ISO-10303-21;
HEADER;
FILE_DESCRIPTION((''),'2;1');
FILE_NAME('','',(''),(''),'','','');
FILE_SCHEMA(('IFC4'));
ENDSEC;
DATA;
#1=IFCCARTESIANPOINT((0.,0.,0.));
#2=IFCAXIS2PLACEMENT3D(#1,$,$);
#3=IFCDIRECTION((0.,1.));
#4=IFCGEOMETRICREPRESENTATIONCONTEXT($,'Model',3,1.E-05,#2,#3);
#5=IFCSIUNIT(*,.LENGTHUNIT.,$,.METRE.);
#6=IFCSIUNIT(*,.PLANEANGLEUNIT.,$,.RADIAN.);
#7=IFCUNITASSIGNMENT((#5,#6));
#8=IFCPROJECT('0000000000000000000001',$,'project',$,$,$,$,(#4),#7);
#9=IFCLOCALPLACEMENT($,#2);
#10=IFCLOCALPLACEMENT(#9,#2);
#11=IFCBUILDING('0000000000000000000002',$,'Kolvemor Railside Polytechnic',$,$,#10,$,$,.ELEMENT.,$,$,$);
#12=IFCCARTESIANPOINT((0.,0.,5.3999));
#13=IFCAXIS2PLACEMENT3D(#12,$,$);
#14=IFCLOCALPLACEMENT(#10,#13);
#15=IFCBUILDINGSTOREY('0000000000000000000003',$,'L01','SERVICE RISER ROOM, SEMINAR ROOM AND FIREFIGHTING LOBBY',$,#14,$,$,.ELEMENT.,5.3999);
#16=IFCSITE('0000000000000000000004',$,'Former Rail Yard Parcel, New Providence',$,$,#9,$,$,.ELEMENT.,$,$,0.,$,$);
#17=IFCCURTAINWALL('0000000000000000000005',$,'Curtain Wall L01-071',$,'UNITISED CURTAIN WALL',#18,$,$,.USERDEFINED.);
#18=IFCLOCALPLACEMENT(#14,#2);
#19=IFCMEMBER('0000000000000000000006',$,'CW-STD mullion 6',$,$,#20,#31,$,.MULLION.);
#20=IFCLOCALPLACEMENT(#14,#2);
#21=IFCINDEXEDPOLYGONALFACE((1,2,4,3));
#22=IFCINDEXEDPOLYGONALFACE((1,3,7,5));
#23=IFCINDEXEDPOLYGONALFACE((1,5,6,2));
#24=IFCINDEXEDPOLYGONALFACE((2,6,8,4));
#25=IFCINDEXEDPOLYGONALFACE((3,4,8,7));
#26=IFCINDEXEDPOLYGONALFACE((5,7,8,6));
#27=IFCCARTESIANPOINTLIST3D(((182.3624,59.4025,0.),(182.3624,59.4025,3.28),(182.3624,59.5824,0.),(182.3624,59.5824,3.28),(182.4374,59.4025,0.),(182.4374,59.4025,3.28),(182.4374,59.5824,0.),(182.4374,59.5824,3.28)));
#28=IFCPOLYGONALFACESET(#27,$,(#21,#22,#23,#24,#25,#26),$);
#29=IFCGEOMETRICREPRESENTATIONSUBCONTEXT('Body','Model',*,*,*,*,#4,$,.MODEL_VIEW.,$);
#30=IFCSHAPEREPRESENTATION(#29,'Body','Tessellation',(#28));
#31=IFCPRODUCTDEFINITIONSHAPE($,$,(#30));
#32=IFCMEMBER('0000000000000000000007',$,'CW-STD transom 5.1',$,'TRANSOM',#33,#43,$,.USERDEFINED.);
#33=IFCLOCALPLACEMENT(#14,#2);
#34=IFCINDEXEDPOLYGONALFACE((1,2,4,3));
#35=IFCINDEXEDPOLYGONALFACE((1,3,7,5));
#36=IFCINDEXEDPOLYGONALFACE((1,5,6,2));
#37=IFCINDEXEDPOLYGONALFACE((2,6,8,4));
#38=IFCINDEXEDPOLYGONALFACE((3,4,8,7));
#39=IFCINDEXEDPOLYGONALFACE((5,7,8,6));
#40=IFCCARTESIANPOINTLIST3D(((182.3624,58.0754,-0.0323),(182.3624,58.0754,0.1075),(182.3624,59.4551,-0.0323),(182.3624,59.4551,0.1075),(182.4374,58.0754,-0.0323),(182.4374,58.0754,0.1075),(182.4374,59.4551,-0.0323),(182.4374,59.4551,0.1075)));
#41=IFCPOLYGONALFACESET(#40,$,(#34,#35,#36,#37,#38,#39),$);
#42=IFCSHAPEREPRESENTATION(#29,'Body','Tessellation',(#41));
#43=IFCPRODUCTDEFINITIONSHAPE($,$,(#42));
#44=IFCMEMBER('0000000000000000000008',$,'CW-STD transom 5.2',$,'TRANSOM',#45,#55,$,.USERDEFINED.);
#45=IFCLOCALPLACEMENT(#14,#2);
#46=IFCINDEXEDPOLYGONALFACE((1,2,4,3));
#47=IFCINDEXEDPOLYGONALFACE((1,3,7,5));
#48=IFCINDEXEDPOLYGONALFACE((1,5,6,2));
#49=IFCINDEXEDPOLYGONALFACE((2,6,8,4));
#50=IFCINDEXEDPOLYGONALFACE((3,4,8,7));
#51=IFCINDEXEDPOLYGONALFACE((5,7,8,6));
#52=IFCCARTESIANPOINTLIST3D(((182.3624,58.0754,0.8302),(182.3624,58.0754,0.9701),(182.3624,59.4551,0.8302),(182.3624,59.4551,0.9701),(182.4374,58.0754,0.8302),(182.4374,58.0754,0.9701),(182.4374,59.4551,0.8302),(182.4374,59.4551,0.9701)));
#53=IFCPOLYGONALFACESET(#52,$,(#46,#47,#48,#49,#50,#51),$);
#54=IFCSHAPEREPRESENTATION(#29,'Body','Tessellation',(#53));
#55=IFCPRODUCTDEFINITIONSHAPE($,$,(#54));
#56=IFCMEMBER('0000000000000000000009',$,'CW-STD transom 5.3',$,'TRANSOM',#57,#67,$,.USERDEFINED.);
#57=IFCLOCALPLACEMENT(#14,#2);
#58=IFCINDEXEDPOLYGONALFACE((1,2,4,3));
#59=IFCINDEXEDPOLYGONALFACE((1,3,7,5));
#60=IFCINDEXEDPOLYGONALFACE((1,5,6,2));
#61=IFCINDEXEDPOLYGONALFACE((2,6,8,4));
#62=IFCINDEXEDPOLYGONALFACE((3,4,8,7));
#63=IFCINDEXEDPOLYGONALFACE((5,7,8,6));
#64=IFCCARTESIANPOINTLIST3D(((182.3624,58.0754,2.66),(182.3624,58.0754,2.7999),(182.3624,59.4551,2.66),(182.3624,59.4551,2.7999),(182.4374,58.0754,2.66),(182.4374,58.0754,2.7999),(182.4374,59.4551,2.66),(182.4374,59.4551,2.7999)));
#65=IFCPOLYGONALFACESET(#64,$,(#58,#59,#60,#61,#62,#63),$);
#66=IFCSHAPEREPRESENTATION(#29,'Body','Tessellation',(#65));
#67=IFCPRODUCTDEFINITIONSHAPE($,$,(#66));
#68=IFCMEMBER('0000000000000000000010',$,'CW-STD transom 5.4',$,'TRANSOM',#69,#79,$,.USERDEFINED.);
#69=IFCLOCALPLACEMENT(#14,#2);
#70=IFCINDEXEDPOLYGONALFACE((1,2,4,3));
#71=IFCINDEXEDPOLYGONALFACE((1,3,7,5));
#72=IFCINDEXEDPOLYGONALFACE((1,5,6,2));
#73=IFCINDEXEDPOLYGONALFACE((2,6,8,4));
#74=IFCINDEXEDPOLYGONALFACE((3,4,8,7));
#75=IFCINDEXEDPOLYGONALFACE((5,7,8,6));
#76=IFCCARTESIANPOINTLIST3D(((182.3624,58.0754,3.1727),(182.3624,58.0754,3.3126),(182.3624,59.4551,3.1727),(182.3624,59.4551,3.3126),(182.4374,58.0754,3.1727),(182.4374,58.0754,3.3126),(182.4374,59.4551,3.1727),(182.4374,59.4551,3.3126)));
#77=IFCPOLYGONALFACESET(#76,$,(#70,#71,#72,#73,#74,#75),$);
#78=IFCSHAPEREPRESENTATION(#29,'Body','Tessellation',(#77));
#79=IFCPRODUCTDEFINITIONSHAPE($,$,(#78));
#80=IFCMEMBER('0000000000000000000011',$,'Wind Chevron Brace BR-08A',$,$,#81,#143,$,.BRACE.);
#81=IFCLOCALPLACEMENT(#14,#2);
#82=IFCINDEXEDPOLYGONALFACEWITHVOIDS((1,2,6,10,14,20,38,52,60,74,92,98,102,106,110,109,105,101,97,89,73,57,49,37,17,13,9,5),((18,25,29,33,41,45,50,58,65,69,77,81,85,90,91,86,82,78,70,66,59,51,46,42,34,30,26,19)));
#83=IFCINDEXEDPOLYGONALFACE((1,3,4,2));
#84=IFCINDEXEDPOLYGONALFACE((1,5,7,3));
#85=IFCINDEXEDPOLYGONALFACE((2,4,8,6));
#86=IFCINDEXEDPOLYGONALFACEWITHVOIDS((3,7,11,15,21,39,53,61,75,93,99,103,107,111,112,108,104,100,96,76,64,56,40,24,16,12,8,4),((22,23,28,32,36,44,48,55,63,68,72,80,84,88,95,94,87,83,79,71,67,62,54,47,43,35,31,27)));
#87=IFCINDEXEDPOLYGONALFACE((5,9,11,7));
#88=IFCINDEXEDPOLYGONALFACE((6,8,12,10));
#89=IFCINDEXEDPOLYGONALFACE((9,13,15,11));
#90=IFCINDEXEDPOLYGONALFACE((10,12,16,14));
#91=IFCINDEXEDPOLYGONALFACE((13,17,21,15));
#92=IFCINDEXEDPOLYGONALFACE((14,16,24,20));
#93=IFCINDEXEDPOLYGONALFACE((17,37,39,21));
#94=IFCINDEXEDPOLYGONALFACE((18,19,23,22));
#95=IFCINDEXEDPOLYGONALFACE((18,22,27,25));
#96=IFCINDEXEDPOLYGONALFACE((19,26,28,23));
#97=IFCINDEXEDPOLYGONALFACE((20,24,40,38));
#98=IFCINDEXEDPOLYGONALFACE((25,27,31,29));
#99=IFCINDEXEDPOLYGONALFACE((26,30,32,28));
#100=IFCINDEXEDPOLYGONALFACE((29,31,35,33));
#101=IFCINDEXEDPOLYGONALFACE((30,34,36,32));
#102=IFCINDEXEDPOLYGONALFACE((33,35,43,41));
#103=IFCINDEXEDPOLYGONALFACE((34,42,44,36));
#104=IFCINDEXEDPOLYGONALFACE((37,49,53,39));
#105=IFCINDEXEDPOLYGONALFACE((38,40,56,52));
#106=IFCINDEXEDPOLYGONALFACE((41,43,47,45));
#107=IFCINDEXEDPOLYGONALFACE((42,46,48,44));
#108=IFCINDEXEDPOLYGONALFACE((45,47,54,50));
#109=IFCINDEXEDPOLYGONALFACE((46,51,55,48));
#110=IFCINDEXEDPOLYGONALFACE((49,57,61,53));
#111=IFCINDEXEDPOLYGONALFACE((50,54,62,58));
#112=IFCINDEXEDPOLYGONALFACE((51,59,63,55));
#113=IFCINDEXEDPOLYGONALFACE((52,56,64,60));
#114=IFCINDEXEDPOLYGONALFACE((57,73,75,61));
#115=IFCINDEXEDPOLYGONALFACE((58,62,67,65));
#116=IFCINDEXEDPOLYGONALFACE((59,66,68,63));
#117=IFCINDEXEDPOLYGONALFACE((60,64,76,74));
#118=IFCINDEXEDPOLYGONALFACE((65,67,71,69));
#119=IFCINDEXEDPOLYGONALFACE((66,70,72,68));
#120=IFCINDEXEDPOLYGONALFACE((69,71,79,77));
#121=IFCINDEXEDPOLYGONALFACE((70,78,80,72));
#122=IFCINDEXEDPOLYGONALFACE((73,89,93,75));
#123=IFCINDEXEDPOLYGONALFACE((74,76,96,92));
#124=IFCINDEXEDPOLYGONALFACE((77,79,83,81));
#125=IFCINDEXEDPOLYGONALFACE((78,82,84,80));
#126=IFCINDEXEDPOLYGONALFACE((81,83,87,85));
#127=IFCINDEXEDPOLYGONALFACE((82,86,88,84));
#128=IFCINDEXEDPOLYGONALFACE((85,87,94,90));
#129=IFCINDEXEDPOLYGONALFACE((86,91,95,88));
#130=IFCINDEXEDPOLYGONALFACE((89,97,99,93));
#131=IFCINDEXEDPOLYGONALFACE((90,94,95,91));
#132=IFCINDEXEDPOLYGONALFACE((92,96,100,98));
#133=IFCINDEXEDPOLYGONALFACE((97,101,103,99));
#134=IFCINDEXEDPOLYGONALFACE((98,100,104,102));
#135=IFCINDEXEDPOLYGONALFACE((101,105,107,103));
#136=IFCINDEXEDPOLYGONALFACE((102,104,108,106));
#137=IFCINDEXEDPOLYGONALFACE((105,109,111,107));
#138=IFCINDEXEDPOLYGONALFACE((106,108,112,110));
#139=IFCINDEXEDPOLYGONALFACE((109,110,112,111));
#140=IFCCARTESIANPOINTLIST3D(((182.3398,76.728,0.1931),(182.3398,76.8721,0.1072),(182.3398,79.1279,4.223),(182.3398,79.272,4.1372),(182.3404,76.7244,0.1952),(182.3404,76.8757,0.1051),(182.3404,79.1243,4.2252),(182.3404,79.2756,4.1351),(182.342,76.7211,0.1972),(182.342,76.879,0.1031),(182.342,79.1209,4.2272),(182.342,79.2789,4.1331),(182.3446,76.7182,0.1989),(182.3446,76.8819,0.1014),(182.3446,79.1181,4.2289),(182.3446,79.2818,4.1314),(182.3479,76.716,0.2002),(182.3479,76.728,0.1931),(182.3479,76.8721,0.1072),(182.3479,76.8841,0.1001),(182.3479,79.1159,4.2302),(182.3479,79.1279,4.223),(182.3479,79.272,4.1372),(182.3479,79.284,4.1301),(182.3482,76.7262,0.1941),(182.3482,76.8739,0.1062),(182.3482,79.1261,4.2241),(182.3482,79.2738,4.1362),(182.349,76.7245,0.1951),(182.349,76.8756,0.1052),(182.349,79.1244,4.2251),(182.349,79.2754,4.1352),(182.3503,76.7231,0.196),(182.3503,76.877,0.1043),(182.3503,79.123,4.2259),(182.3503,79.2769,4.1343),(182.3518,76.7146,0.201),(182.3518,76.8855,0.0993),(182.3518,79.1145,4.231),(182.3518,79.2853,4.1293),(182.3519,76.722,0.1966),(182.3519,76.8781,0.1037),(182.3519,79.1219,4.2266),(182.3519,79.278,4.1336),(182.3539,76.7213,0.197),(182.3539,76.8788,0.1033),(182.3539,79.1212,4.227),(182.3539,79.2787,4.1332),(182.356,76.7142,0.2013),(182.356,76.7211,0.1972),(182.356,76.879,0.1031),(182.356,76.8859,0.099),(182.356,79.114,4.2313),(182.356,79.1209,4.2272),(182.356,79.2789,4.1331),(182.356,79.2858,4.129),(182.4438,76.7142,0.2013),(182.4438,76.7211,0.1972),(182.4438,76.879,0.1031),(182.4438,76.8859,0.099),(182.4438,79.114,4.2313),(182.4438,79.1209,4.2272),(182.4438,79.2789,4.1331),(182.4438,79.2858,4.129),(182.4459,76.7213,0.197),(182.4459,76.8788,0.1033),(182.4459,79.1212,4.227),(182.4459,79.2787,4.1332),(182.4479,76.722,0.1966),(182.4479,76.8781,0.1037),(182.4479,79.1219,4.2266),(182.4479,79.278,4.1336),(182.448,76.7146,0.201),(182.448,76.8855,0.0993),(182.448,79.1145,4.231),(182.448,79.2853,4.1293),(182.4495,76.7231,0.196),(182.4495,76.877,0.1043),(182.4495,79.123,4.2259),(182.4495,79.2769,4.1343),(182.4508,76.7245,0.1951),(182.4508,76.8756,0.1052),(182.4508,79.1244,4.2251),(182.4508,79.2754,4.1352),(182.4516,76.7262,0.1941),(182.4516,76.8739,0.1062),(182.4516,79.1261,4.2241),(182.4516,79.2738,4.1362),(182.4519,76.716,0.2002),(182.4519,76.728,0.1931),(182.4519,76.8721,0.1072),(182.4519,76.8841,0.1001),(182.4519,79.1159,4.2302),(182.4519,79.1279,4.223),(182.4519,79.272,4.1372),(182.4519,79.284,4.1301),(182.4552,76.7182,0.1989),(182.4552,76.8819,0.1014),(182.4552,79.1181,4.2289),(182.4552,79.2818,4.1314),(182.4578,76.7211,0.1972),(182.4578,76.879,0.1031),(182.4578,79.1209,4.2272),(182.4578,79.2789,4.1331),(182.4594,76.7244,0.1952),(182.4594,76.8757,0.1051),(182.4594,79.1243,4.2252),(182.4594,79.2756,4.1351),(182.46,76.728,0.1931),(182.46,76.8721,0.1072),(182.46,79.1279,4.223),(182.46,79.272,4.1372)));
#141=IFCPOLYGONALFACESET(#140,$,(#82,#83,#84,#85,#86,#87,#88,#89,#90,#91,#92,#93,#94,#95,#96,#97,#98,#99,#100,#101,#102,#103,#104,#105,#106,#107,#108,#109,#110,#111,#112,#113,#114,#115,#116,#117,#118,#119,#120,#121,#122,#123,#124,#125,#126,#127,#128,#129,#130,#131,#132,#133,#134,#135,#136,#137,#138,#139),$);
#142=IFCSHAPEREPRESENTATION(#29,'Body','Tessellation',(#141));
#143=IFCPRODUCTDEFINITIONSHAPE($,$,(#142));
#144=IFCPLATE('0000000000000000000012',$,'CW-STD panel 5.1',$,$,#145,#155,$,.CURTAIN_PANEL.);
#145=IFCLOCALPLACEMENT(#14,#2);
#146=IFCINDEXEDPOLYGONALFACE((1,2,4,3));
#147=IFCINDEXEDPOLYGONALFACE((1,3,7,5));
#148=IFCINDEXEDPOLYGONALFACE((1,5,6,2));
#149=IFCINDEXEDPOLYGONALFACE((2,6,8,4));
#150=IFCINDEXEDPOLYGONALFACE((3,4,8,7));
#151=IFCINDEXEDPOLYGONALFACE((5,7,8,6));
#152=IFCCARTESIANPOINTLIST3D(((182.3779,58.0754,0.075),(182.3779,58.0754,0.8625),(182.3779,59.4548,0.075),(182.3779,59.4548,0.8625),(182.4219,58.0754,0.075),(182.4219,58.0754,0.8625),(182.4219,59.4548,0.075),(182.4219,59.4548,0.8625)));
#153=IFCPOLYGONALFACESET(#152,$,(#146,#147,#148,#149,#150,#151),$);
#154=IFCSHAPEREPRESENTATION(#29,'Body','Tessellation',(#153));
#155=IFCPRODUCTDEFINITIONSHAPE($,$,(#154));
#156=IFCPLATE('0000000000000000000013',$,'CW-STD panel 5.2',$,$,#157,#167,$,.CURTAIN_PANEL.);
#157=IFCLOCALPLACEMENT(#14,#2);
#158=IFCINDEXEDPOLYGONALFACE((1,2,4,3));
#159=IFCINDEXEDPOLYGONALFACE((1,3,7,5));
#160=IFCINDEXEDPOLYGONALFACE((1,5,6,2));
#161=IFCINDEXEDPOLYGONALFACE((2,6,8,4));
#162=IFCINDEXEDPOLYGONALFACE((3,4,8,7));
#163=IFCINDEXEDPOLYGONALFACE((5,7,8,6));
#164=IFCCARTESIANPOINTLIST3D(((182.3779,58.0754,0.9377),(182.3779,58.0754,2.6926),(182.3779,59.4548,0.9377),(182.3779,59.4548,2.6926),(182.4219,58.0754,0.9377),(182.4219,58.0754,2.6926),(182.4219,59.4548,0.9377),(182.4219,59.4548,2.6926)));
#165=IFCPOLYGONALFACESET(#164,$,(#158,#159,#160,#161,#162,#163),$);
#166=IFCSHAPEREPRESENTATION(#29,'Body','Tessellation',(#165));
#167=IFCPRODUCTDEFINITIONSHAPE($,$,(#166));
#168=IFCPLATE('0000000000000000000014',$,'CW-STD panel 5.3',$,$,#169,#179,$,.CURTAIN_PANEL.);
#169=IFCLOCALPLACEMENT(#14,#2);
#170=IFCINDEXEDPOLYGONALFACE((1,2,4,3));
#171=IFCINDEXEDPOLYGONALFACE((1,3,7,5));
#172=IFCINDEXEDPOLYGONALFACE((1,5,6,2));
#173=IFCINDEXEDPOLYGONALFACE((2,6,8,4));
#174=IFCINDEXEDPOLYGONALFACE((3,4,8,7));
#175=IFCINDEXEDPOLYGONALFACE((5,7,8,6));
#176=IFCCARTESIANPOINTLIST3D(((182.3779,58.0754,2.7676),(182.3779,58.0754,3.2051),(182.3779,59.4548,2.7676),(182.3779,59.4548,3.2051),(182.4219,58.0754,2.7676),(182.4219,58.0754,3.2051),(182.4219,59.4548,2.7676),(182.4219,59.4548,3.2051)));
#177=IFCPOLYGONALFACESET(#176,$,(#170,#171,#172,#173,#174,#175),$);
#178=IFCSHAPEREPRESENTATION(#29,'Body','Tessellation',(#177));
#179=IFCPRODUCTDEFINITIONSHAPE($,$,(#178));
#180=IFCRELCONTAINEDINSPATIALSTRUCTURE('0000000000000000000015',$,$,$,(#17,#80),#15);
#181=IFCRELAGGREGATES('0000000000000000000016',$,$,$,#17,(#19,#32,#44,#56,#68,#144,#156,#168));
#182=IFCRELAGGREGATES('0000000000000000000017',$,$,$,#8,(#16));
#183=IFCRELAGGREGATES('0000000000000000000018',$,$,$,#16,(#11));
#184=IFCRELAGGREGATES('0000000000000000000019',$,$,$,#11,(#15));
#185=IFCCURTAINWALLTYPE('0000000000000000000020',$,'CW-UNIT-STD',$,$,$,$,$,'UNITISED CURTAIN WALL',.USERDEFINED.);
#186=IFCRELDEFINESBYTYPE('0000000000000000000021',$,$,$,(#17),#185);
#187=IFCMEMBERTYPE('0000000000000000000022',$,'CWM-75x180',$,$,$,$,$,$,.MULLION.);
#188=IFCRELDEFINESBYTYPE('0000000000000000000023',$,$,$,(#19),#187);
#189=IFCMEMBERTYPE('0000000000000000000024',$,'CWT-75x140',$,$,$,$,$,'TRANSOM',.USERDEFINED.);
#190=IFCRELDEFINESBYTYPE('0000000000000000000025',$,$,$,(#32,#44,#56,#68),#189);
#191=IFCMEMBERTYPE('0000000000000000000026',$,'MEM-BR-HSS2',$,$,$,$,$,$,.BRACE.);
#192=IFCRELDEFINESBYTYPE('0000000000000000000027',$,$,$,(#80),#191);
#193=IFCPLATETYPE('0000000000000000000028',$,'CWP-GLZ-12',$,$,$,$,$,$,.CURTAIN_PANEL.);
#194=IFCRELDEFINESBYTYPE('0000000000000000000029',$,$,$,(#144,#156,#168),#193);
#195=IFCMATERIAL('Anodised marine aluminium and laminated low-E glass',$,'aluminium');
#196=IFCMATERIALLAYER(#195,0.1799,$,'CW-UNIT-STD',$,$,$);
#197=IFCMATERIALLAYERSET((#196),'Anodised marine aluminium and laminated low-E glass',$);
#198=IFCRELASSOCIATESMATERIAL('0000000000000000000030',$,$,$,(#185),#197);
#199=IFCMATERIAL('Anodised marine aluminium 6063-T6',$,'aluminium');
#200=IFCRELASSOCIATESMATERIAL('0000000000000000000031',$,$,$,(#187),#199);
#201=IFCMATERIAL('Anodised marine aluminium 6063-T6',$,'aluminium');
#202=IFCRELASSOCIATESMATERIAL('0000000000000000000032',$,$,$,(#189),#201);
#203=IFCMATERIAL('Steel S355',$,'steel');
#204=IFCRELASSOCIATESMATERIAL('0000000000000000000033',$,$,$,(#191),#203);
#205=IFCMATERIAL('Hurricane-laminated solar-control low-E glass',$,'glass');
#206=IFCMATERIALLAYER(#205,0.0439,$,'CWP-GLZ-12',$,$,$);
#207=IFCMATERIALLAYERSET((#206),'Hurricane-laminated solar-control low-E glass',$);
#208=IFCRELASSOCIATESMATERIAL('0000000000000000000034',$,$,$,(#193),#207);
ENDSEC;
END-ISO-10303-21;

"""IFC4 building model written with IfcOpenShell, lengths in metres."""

from ifc_helpers import new_model, si_unit, direction, frame, origin, origin_2d, place, context, subcontext, project, spatial, rectangle, hollow_rectangle, extrude, material, layer, layer_set, material_profile, profile_set, type_object, element, aggregate, save


model = new_model("IFC4")

# Units and contexts
model_context = context("Model", 3, precision=1e-05, world=origin(), true_north=direction((0.0, 1.0)))
body_context = subcontext(model_context, "Body", "Model", "MODEL_VIEW")
ifc_project = project(units=[si_unit("LENGTHUNIT", "METRE"), si_unit("PLANEANGLEUNIT", "RADIAN")], contexts=[model_context])

# Site, building, storey
site_placement = place(None, origin())
site = spatial("IfcSite", under=ifc_project, at=site_placement, Name="Former Rail Yard Parcel, New Providence", CompositionType="ELEMENT", RefElevation=0.0)
building_placement = place(site_placement, origin())
building = spatial("IfcBuilding", under=site, at=building_placement, Name="Kolvemor Railside Polytechnic", CompositionType="ELEMENT")
storey_placement = place(building_placement, frame((0.0, 0.0, 5.3999)))
storey = spatial("IfcBuildingStorey", under=building, at=storey_placement, Name="L01", Description="SERVICE RISER ROOM, SEMINAR ROOM AND FIREFIGHTING LOBBY", CompositionType="ELEMENT", Elevation=5.3999)

# Curtain wall, members
ifc_material_1 = material(Name="Anodised marine aluminium and laminated low-E glass", Category="aluminium")
ifc_layer_1 = layer(ifc_material_1, 0.1799, Name="CW-UNIT-STD")
ifc_layer_set_1 = layer_set([ifc_layer_1], Name="Anodised marine aluminium and laminated low-E glass")
curtain_wall_type = type_object("IfcCurtainWallType", Name="CW-UNIT-STD", ElementType="UNITISED CURTAIN WALL", PredefinedType="USERDEFINED", material=ifc_layer_set_1)
curtain_wall_placement = place(storey_placement, origin())
curtain_wall = element("IfcCurtainWall", 1, at=curtain_wall_placement, inside=storey, type_object=curtain_wall_type, Name="Curtain Wall L01-071", ObjectType="UNITISED CURTAIN WALL", PredefinedType="USERDEFINED")
ifc_material_2 = material(Name="Anodised marine aluminium 6063-T6", Category="aluminium")
ifc_material_profile_1 = material_profile(ifc_material_2, rectangle(XDim=0.075, YDim=0.1799, at=origin_2d()), Name="CW-MUL-75x180")
ifc_profile_set_1 = profile_set([ifc_material_profile_1], Name="Anodised marine aluminium 6063-T6")
member_type_1 = type_object("IfcMemberType", Name="CWM-75x180", PredefinedType="MULLION", material=ifc_profile_set_1)
member_1_placement = place(storey_placement, frame((182.3999, 59.4924, 0.0), z_axis=(0.0, 0.0, 1.0), x_axis=(-1.0, 0.0, 0.0)))
member_1 = element("IfcMember", 2, at=member_1_placement, type_object=member_type_1, Name="CW-STD mullion 6", PredefinedType="MULLION", context=body_context, shape_type="SweptSolid", body=[
    extrude(rectangle(XDim=0.075, YDim=0.1799, at=origin_2d()), origin(), (0.0, 0.0, 1.0), 3.28),
])
ifc_material_3 = material(Name="Anodised marine aluminium 6063-T6", Category="aluminium")
ifc_material_profile_2 = material_profile(ifc_material_3, rectangle(XDim=0.075, YDim=0.1399, at=origin_2d()), Name="CW-TRN-75x140")
ifc_profile_set_2 = profile_set([ifc_material_profile_2], Name="Anodised marine aluminium 6063-T6")
member_type_2 = type_object("IfcMemberType", Name="CWT-75x140", ElementType="TRANSOM", PredefinedType="USERDEFINED", material=ifc_profile_set_2)
member_2_placement = place(storey_placement, frame((182.3999, 58.0754, 0.0376), z_axis=(0.0, 1.0, 0.0), x_axis=(-1.0, 0.0, 0.0)))
member_2 = element("IfcMember", 3, at=member_2_placement, type_object=member_type_2, Name="CW-STD transom 5.1", ObjectType="TRANSOM", PredefinedType="USERDEFINED", context=body_context, shape_type="SweptSolid", body=[
    extrude(rectangle(XDim=0.075, YDim=0.1399, at=origin_2d()), origin(), (0.0, 0.0, 1.0), 1.3796),
])
member_3_placement = place(storey_placement, frame((182.3999, 58.0754, 0.9001), z_axis=(0.0, 1.0, 0.0), x_axis=(-1.0, 0.0, 0.0)))
member_3 = element("IfcMember", 4, at=member_3_placement, type_object=member_type_2, Name="CW-STD transom 5.2", ObjectType="TRANSOM", PredefinedType="USERDEFINED", context=body_context, shape_type="SweptSolid", body=[
    extrude(rectangle(XDim=0.075, YDim=0.1399, at=origin_2d()), origin(), (0.0, 0.0, 1.0), 1.3796),
])
member_4_placement = place(storey_placement, frame((182.3999, 58.0754, 2.73), z_axis=(0.0, 1.0, 0.0), x_axis=(-1.0, 0.0, 0.0)))
member_4 = element("IfcMember", 5, at=member_4_placement, type_object=member_type_2, Name="CW-STD transom 5.3", ObjectType="TRANSOM", PredefinedType="USERDEFINED", context=body_context, shape_type="SweptSolid", body=[
    extrude(rectangle(XDim=0.075, YDim=0.1399, at=origin_2d()), origin(), (0.0, 0.0, 1.0), 1.3796),
])
member_5_placement = place(storey_placement, frame((182.3999, 58.0754, 3.2427), z_axis=(0.0, 1.0, 0.0), x_axis=(-1.0, 0.0, 0.0)))
member_5 = element("IfcMember", 6, at=member_5_placement, type_object=member_type_2, Name="CW-STD transom 5.4", ObjectType="TRANSOM", PredefinedType="USERDEFINED", context=body_context, shape_type="SweptSolid", body=[
    extrude(rectangle(XDim=0.075, YDim=0.1399, at=origin_2d()), origin(), (0.0, 0.0, 1.0), 1.3796),
])

# Member
ifc_material_4 = material(Name="Steel S355", Category="steel")
ifc_material_profile_3 = material_profile(ifc_material_4, hollow_rectangle(XDim=0.1201, YDim=0.2, WallThickness=0.0081, InnerFilletRadius=0.0081, OuterFilletRadius=0.0161, at=origin_2d()), Name="HSS200x120x8")
ifc_profile_set_3 = profile_set([ifc_material_profile_3], Name="Steel S355")
member_type_3 = type_object("IfcMemberType", Name="MEM-BR-HSS2", PredefinedType="BRACE", material=ifc_profile_set_3)
member_6_placement = place(storey_placement, frame((182.3999, 76.8, 0.1501), z_axis=(0.0, 0.511653, 0.859192), x_axis=(-1.0, 0.0, 0.0)))
element("IfcMember", 7, at=member_6_placement, inside=storey, type_object=member_type_3, Name="Wind Chevron Brace BR-08A", PredefinedType="BRACE", context=body_context, shape_type="SweptSolid", body=[
    extrude(hollow_rectangle(XDim=0.1201, YDim=0.2, WallThickness=0.0081, InnerFilletRadius=0.0081, OuterFilletRadius=0.0161, at=origin_2d()), origin(), (0.0, 0.0, 1.0), 4.6904),
])

# Plates
ifc_material_5 = material(Name="Hurricane-laminated solar-control low-E glass", Category="glass")
ifc_layer_2 = layer(ifc_material_5, 0.0439, Name="CWP-GLZ-12")
ifc_layer_set_2 = layer_set([ifc_layer_2], Name="Hurricane-laminated solar-control low-E glass")
plate_type_1 = type_object("IfcPlateType", Name="CWP-GLZ-12", PredefinedType="CURTAIN_PANEL", material=ifc_layer_set_2)
plate_1_placement = place(storey_placement, frame((182.3999, 58.7651, 0.075), z_axis=(0.0, 0.0, 1.0), x_axis=(0.0, 1.0, 0.0)))
plate_1 = element("IfcPlate", 8, at=plate_1_placement, type_object=plate_type_1, Name="CW-STD panel 5.1", PredefinedType="CURTAIN_PANEL", context=body_context, shape_type="SweptSolid", body=[
    extrude(rectangle(XDim=1.3794, YDim=0.0439, at=origin_2d()), origin(), (0.0, 0.0, 1.0), 0.7876),
])
plate_2_placement = place(storey_placement, frame((182.3999, 58.7651, 0.9377), z_axis=(0.0, 0.0, 1.0), x_axis=(0.0, 1.0, 0.0)))
plate_2 = element("IfcPlate", 9, at=plate_2_placement, type_object=plate_type_1, Name="CW-STD panel 5.2", PredefinedType="CURTAIN_PANEL", context=body_context, shape_type="SweptSolid", body=[
    extrude(rectangle(XDim=1.3794, YDim=0.0439, at=origin_2d()), origin(), (0.0, 0.0, 1.0), 1.7549),
])
plate_3_placement = place(storey_placement, frame((182.3999, 58.7651, 2.7676), z_axis=(0.0, 0.0, 1.0), x_axis=(0.0, 1.0, 0.0)))
plate_3 = element("IfcPlate", 10, at=plate_3_placement, type_object=plate_type_1, Name="CW-STD panel 5.3", PredefinedType="CURTAIN_PANEL", context=body_context, shape_type="SweptSolid", body=[
    extrude(rectangle(XDim=1.3794, YDim=0.0439, at=origin_2d()), origin(), (0.0, 0.0, 1.0), 0.4375),
])
aggregate(curtain_wall, [member_1, member_2, member_3, member_4, member_5, plate_1, plate_2, plate_3])

save(model, "model.ifc")
